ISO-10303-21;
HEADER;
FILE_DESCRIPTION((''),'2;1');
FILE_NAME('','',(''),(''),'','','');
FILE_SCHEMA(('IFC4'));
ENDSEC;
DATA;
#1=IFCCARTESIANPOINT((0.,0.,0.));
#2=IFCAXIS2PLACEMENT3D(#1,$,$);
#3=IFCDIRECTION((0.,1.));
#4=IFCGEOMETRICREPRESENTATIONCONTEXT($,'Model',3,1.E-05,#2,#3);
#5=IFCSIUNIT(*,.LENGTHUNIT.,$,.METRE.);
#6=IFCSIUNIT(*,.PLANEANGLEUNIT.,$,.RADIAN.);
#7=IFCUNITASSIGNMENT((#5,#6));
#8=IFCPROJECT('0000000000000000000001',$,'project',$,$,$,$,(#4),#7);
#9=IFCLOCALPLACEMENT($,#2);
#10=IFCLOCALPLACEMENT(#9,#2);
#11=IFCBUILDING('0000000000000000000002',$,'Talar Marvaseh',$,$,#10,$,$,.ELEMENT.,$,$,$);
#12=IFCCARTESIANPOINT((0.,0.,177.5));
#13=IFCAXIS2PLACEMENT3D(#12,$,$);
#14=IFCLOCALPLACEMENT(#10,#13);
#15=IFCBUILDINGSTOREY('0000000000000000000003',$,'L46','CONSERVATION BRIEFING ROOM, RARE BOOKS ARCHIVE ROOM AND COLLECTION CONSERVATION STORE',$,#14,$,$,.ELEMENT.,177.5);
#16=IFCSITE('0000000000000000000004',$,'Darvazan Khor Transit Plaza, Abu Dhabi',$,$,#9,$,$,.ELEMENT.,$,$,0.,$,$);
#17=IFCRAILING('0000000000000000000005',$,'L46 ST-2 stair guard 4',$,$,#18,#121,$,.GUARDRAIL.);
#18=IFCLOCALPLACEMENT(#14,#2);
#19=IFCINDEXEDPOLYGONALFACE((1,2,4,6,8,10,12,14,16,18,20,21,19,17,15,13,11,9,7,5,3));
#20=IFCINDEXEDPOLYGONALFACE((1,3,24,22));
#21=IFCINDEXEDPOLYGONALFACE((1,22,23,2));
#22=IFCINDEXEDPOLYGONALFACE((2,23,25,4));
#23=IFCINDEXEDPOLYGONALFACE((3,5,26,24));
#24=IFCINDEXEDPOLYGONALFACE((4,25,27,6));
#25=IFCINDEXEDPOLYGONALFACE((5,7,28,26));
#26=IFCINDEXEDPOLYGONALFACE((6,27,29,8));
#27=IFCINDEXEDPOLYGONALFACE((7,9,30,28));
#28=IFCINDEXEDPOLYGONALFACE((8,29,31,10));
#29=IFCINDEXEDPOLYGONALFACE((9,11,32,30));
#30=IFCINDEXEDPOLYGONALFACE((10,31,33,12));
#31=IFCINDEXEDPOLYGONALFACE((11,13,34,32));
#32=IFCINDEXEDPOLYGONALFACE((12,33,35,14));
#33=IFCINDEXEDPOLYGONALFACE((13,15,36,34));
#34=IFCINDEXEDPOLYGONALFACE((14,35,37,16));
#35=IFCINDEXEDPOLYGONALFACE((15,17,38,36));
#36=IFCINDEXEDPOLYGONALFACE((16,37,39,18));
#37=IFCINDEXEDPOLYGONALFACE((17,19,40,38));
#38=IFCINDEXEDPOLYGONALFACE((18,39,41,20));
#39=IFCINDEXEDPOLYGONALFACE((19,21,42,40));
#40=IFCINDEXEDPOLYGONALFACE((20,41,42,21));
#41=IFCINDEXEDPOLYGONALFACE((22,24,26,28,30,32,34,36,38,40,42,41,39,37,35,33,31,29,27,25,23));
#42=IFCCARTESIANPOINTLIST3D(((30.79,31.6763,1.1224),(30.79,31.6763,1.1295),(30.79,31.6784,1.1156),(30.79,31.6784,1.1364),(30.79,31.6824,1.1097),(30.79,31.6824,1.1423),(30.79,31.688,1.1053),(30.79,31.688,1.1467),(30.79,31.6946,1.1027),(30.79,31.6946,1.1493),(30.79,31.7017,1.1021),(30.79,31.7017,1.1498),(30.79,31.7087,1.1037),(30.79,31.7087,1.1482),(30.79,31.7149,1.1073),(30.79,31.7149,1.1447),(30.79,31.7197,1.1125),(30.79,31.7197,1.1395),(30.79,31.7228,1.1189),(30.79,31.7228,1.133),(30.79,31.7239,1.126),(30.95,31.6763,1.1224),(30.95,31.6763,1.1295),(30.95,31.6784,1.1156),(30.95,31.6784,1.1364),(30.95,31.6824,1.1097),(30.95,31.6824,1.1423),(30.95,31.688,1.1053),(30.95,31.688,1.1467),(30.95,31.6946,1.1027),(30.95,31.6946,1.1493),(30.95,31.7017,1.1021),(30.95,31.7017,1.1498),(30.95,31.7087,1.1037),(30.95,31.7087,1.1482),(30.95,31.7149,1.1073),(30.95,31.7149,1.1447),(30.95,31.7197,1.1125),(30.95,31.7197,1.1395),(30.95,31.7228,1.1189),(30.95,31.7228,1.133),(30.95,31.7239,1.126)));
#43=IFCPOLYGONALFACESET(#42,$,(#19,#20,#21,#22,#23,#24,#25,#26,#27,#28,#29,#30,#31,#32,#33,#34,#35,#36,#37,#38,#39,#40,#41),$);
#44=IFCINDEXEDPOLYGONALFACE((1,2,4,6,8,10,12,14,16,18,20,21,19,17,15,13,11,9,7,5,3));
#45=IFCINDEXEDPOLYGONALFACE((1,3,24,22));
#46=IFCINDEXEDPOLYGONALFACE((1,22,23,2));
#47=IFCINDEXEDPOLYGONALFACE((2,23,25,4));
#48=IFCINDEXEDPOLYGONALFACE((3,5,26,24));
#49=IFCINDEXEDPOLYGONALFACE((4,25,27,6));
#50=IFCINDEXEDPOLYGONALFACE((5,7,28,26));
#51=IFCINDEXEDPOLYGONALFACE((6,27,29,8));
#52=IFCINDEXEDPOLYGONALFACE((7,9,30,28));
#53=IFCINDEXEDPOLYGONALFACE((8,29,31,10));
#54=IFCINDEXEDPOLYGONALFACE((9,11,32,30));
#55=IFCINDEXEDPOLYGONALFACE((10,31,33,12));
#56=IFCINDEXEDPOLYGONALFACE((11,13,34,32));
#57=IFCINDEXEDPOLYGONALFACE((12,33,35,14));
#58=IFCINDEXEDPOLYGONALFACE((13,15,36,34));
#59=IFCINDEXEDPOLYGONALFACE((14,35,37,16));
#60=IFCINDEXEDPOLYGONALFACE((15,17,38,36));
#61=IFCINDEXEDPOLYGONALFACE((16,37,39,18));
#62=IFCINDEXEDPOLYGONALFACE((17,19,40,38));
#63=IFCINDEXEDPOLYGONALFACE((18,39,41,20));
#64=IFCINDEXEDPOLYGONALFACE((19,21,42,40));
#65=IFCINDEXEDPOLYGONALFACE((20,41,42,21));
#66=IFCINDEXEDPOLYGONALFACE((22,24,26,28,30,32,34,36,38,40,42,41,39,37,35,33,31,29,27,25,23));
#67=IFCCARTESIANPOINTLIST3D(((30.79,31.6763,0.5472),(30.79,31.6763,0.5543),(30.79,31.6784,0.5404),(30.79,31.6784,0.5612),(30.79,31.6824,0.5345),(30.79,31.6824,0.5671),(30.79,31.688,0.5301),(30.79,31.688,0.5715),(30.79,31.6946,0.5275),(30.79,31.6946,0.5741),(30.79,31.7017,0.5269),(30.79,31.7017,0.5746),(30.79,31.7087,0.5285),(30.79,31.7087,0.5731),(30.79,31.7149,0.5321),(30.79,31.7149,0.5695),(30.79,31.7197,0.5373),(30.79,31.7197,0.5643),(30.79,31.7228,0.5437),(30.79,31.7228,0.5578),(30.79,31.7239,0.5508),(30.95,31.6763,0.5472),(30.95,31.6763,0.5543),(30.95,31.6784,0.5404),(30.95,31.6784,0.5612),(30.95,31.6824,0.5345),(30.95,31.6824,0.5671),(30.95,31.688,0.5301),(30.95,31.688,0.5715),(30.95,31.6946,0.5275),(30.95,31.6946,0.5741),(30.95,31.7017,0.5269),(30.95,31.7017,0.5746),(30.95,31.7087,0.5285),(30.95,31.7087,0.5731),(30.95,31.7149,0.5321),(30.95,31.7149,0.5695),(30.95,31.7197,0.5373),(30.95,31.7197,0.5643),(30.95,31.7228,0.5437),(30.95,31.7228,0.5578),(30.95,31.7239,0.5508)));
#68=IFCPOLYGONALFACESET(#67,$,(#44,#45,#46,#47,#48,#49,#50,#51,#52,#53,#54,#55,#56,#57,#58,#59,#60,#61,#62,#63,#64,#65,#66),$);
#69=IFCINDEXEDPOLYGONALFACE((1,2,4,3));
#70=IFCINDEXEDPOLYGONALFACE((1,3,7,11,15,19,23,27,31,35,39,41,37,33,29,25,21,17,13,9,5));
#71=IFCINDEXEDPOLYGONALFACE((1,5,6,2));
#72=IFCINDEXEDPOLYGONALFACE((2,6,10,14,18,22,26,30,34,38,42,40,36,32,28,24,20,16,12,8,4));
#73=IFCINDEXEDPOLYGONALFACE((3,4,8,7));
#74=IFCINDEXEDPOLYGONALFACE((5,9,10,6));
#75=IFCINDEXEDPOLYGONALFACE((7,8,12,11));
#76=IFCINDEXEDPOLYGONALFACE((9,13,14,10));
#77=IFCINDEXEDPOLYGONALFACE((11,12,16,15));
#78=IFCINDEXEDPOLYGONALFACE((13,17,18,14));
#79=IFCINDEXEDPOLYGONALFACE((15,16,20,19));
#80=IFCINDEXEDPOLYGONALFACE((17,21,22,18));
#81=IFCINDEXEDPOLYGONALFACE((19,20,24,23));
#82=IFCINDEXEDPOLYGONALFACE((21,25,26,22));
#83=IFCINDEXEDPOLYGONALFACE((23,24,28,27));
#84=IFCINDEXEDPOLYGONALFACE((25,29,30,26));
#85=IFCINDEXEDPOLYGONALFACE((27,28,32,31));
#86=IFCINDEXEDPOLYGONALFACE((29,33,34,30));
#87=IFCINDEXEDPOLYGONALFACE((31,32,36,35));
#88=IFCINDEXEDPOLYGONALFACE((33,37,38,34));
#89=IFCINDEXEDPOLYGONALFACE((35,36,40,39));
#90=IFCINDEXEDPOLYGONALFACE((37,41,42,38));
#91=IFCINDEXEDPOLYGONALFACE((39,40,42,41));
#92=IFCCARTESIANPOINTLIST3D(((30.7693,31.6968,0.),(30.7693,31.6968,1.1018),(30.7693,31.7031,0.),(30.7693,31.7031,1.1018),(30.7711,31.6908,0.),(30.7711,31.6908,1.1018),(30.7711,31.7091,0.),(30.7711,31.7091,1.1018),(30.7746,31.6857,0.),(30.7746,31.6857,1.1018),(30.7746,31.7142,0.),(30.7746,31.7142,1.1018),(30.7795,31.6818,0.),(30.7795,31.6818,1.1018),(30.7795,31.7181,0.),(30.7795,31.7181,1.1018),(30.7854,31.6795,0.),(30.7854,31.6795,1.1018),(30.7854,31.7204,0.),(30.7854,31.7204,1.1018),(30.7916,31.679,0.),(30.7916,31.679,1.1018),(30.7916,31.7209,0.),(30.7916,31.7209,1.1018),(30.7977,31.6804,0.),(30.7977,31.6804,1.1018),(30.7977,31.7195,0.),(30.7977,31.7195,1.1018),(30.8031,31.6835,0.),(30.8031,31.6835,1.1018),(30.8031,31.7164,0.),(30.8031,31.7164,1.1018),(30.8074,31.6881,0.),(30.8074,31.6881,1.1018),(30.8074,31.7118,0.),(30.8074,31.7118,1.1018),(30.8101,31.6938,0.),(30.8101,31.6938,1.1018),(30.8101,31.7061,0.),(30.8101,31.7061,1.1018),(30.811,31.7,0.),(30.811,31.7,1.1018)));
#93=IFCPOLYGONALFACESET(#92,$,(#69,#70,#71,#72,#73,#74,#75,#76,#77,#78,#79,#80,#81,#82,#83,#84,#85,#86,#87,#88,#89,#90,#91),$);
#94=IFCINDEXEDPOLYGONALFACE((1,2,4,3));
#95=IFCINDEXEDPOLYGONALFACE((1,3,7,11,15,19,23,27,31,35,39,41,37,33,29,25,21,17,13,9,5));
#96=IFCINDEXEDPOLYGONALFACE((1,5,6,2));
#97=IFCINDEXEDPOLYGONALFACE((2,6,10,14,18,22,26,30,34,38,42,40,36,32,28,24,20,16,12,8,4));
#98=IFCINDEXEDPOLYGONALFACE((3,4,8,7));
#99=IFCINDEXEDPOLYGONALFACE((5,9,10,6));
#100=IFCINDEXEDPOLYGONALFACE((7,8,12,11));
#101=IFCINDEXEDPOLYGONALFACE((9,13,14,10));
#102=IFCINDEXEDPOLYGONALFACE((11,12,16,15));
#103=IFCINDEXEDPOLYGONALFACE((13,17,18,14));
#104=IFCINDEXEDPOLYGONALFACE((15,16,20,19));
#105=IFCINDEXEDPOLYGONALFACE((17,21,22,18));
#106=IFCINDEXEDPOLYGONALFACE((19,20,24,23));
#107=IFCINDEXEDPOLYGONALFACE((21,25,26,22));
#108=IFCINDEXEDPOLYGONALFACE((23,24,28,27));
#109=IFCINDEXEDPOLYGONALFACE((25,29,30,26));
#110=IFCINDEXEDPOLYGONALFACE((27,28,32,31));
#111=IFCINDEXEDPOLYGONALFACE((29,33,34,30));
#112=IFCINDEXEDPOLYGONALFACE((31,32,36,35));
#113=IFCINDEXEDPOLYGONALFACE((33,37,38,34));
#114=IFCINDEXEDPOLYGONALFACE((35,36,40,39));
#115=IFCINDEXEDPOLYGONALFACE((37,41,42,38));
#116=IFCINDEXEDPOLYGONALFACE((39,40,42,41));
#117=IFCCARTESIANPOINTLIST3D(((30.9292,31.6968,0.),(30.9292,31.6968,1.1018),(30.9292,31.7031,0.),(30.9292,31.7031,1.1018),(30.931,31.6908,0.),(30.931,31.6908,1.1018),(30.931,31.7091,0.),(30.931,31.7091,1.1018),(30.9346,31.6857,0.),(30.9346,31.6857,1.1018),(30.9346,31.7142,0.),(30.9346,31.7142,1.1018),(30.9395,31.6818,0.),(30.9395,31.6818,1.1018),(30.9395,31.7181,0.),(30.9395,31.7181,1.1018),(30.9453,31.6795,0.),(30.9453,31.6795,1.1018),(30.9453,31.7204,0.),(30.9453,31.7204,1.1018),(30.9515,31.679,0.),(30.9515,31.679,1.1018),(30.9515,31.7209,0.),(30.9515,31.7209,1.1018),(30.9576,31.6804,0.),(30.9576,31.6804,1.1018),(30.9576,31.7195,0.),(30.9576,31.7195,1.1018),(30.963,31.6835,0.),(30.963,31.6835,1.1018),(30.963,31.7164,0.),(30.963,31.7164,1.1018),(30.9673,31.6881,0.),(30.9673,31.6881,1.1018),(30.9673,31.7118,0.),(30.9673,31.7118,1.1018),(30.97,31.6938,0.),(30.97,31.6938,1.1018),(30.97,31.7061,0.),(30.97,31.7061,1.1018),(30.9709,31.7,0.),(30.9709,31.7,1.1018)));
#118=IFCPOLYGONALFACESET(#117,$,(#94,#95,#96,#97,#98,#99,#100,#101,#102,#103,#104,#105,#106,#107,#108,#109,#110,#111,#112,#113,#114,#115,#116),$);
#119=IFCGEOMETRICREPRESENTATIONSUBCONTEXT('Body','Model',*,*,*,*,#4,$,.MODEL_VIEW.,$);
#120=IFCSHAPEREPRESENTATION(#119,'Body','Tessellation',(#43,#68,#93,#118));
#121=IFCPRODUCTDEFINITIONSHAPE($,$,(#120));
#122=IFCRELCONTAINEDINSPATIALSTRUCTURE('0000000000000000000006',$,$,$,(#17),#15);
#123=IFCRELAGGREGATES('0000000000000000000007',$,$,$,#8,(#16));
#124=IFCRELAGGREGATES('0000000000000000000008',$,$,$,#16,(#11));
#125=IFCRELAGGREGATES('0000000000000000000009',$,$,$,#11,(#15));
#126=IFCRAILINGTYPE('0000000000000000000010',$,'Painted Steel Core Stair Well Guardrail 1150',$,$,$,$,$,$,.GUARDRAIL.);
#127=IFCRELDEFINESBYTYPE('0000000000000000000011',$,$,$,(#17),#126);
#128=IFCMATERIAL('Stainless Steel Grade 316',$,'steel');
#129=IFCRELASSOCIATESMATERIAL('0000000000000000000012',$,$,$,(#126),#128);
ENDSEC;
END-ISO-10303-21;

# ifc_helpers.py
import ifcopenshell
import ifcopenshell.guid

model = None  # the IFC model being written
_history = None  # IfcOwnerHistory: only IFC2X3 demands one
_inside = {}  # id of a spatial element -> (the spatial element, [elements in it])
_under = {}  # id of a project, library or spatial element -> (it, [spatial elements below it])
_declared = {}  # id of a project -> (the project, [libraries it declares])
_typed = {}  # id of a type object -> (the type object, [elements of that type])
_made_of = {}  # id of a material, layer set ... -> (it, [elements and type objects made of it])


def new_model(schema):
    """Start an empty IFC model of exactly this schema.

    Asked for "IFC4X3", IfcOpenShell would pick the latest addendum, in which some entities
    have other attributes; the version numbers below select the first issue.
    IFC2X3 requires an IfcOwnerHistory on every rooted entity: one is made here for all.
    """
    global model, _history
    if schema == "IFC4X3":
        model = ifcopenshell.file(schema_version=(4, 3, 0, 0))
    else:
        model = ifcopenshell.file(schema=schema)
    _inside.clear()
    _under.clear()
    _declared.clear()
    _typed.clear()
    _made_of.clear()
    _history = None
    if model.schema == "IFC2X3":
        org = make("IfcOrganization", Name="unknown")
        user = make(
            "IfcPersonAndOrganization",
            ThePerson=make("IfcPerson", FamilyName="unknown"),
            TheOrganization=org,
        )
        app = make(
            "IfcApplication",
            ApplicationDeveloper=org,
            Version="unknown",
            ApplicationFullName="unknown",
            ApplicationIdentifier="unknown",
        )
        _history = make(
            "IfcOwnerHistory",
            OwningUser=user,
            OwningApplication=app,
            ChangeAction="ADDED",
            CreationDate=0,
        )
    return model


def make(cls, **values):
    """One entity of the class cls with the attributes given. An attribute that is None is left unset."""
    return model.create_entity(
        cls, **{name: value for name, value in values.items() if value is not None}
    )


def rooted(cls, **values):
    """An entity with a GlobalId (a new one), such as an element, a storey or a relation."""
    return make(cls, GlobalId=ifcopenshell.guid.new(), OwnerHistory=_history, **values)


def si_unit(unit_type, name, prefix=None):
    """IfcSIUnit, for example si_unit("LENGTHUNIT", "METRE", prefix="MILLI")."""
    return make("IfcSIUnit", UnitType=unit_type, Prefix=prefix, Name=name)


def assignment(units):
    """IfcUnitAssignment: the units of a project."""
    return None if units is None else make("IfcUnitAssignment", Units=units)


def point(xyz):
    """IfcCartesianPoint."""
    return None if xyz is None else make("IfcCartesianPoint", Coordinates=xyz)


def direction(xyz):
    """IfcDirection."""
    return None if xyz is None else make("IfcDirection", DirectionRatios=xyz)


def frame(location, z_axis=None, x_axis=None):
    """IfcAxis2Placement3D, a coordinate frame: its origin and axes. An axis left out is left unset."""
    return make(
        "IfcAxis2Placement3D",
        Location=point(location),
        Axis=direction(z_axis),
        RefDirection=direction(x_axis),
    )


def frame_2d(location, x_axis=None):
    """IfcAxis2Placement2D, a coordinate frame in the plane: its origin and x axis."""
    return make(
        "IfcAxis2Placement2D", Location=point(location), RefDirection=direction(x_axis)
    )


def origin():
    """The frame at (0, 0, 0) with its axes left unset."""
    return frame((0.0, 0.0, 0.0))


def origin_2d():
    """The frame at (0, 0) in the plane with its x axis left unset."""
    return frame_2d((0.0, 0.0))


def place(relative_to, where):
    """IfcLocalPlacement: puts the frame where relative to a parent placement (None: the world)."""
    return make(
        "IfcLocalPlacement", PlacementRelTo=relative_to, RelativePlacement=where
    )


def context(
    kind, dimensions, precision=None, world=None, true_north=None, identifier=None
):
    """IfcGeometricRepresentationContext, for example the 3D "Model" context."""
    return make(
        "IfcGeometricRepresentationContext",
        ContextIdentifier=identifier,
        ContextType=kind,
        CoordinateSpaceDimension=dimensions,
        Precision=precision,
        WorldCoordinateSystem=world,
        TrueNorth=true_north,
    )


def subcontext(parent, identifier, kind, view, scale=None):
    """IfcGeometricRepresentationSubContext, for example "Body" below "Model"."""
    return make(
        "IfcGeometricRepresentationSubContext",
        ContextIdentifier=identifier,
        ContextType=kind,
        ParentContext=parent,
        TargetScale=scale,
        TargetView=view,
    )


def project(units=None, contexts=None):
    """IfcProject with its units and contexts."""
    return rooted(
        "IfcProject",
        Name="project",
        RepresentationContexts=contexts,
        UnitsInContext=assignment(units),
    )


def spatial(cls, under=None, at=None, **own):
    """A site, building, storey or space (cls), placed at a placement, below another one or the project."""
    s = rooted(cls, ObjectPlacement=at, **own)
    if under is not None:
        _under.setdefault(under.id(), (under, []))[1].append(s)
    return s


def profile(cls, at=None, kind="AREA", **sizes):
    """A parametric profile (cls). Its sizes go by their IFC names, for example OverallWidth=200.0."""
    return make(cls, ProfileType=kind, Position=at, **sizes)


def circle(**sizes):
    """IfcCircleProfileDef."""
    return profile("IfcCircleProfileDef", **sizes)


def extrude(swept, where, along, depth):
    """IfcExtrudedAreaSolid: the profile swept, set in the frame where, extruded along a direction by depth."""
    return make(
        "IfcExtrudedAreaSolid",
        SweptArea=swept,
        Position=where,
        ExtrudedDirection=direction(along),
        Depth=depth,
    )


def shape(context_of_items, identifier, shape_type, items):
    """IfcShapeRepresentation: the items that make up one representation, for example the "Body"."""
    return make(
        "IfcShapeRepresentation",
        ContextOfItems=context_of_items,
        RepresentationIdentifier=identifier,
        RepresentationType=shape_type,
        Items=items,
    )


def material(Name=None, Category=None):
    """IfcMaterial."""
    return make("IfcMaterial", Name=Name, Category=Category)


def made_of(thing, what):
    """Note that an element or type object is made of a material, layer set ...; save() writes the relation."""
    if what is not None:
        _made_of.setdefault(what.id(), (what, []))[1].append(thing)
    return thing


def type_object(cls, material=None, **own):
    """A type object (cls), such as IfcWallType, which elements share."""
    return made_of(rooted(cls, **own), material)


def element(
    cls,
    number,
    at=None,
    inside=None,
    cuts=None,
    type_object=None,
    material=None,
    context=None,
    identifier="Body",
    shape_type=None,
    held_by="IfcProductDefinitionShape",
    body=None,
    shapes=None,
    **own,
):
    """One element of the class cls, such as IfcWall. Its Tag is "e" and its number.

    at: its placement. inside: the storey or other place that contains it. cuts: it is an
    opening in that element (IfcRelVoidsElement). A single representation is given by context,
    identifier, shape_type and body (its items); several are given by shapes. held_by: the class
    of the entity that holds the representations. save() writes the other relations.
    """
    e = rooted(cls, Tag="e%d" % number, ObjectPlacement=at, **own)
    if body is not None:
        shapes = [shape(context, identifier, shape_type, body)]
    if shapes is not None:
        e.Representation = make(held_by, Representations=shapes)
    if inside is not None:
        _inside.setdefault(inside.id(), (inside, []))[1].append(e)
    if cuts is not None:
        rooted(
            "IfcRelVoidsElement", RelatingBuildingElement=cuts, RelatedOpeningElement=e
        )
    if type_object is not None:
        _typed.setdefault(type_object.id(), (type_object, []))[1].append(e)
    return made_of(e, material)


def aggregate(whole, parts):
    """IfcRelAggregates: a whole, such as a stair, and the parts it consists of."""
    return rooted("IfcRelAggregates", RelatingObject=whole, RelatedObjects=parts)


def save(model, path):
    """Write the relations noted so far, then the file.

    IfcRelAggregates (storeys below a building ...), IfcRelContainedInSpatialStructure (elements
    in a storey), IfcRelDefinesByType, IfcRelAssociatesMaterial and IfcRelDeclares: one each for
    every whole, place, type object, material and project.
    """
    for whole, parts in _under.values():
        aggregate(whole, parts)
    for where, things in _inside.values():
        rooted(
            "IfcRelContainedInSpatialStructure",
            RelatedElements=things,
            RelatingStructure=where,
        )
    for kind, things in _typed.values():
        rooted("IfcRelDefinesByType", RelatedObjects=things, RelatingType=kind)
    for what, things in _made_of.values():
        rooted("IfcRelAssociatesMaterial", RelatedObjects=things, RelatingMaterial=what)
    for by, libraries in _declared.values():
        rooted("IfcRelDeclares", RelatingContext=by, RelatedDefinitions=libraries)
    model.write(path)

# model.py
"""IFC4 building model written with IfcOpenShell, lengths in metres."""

from ifc_helpers import new_model, si_unit, direction, frame, origin, origin_2d, place, context, subcontext, project, spatial, circle, extrude, material, type_object, element, save


model = new_model("IFC4")

# Units and contexts
model_context = context("Model", 3, precision=1e-05, world=origin(), true_north=direction((0.0, 1.0)))
body_context = subcontext(model_context, "Body", "Model", "MODEL_VIEW")
ifc_project = project(units=[si_unit("LENGTHUNIT", "METRE"), si_unit("PLANEANGLEUNIT", "RADIAN")], contexts=[model_context])

# Site, building, storey
site_placement = place(None, origin())
site = spatial("IfcSite", under=ifc_project, at=site_placement, Name="Darvazan Khor Transit Plaza, Abu Dhabi", CompositionType="ELEMENT", RefElevation=0.0)
building_placement = place(site_placement, origin())
building = spatial("IfcBuilding", under=site, at=building_placement, Name="Talar Marvaseh", CompositionType="ELEMENT")
storey_placement = place(building_placement, frame((0.0, 0.0, 177.5)))
storey = spatial("IfcBuildingStorey", under=building, at=storey_placement, Name="L46", Description="CONSERVATION BRIEFING ROOM, RARE BOOKS ARCHIVE ROOM AND COLLECTION CONSERVATION STORE", CompositionType="ELEMENT", Elevation=177.5)

# Shared definitions
ifc_material_1 = material(Name="Stainless Steel Grade 316", Category="steel")

# Railing
railing_type_1 = type_object("IfcRailingType", Name="Painted Steel Core Stair Well Guardrail 1150", PredefinedType="GUARDRAIL", material=ifc_material_1)
railing_1_placement = place(storey_placement, frame((30.79, 31.7, 0.0)))
element("IfcRailing", 1, at=railing_1_placement, inside=storey, type_object=railing_type_1, Name="L46 ST-2 stair guard 4", PredefinedType="GUARDRAIL", context=body_context, shape_type="SweptSolid", body=[
    extrude(circle(Radius=0.0239, at=origin_2d()), frame((0.0, 0.0, 1.126), z_axis=(1.0, 0.0, 0.0), x_axis=(0.0, 1.0, 0.0)), (0.0, 0.0, 1.0), 0.1599),
    extrude(circle(Radius=0.0239, at=origin_2d()), frame((0.0, 0.0, 0.5508), z_axis=(1.0, 0.0, 0.0), x_axis=(0.0, 1.0, 0.0)), (0.0, 0.0, 1.0), 0.1599),
    extrude(circle(Radius=0.021, at=origin_2d()), origin(), (0.0, 0.0, 1.0), 1.1018),
    extrude(circle(Radius=0.021, at=origin_2d()), frame((0.1599, 0.0, 0.0)), (0.0, 0.0, 1.0), 1.1018),
])

save(model, "model.ifc")
